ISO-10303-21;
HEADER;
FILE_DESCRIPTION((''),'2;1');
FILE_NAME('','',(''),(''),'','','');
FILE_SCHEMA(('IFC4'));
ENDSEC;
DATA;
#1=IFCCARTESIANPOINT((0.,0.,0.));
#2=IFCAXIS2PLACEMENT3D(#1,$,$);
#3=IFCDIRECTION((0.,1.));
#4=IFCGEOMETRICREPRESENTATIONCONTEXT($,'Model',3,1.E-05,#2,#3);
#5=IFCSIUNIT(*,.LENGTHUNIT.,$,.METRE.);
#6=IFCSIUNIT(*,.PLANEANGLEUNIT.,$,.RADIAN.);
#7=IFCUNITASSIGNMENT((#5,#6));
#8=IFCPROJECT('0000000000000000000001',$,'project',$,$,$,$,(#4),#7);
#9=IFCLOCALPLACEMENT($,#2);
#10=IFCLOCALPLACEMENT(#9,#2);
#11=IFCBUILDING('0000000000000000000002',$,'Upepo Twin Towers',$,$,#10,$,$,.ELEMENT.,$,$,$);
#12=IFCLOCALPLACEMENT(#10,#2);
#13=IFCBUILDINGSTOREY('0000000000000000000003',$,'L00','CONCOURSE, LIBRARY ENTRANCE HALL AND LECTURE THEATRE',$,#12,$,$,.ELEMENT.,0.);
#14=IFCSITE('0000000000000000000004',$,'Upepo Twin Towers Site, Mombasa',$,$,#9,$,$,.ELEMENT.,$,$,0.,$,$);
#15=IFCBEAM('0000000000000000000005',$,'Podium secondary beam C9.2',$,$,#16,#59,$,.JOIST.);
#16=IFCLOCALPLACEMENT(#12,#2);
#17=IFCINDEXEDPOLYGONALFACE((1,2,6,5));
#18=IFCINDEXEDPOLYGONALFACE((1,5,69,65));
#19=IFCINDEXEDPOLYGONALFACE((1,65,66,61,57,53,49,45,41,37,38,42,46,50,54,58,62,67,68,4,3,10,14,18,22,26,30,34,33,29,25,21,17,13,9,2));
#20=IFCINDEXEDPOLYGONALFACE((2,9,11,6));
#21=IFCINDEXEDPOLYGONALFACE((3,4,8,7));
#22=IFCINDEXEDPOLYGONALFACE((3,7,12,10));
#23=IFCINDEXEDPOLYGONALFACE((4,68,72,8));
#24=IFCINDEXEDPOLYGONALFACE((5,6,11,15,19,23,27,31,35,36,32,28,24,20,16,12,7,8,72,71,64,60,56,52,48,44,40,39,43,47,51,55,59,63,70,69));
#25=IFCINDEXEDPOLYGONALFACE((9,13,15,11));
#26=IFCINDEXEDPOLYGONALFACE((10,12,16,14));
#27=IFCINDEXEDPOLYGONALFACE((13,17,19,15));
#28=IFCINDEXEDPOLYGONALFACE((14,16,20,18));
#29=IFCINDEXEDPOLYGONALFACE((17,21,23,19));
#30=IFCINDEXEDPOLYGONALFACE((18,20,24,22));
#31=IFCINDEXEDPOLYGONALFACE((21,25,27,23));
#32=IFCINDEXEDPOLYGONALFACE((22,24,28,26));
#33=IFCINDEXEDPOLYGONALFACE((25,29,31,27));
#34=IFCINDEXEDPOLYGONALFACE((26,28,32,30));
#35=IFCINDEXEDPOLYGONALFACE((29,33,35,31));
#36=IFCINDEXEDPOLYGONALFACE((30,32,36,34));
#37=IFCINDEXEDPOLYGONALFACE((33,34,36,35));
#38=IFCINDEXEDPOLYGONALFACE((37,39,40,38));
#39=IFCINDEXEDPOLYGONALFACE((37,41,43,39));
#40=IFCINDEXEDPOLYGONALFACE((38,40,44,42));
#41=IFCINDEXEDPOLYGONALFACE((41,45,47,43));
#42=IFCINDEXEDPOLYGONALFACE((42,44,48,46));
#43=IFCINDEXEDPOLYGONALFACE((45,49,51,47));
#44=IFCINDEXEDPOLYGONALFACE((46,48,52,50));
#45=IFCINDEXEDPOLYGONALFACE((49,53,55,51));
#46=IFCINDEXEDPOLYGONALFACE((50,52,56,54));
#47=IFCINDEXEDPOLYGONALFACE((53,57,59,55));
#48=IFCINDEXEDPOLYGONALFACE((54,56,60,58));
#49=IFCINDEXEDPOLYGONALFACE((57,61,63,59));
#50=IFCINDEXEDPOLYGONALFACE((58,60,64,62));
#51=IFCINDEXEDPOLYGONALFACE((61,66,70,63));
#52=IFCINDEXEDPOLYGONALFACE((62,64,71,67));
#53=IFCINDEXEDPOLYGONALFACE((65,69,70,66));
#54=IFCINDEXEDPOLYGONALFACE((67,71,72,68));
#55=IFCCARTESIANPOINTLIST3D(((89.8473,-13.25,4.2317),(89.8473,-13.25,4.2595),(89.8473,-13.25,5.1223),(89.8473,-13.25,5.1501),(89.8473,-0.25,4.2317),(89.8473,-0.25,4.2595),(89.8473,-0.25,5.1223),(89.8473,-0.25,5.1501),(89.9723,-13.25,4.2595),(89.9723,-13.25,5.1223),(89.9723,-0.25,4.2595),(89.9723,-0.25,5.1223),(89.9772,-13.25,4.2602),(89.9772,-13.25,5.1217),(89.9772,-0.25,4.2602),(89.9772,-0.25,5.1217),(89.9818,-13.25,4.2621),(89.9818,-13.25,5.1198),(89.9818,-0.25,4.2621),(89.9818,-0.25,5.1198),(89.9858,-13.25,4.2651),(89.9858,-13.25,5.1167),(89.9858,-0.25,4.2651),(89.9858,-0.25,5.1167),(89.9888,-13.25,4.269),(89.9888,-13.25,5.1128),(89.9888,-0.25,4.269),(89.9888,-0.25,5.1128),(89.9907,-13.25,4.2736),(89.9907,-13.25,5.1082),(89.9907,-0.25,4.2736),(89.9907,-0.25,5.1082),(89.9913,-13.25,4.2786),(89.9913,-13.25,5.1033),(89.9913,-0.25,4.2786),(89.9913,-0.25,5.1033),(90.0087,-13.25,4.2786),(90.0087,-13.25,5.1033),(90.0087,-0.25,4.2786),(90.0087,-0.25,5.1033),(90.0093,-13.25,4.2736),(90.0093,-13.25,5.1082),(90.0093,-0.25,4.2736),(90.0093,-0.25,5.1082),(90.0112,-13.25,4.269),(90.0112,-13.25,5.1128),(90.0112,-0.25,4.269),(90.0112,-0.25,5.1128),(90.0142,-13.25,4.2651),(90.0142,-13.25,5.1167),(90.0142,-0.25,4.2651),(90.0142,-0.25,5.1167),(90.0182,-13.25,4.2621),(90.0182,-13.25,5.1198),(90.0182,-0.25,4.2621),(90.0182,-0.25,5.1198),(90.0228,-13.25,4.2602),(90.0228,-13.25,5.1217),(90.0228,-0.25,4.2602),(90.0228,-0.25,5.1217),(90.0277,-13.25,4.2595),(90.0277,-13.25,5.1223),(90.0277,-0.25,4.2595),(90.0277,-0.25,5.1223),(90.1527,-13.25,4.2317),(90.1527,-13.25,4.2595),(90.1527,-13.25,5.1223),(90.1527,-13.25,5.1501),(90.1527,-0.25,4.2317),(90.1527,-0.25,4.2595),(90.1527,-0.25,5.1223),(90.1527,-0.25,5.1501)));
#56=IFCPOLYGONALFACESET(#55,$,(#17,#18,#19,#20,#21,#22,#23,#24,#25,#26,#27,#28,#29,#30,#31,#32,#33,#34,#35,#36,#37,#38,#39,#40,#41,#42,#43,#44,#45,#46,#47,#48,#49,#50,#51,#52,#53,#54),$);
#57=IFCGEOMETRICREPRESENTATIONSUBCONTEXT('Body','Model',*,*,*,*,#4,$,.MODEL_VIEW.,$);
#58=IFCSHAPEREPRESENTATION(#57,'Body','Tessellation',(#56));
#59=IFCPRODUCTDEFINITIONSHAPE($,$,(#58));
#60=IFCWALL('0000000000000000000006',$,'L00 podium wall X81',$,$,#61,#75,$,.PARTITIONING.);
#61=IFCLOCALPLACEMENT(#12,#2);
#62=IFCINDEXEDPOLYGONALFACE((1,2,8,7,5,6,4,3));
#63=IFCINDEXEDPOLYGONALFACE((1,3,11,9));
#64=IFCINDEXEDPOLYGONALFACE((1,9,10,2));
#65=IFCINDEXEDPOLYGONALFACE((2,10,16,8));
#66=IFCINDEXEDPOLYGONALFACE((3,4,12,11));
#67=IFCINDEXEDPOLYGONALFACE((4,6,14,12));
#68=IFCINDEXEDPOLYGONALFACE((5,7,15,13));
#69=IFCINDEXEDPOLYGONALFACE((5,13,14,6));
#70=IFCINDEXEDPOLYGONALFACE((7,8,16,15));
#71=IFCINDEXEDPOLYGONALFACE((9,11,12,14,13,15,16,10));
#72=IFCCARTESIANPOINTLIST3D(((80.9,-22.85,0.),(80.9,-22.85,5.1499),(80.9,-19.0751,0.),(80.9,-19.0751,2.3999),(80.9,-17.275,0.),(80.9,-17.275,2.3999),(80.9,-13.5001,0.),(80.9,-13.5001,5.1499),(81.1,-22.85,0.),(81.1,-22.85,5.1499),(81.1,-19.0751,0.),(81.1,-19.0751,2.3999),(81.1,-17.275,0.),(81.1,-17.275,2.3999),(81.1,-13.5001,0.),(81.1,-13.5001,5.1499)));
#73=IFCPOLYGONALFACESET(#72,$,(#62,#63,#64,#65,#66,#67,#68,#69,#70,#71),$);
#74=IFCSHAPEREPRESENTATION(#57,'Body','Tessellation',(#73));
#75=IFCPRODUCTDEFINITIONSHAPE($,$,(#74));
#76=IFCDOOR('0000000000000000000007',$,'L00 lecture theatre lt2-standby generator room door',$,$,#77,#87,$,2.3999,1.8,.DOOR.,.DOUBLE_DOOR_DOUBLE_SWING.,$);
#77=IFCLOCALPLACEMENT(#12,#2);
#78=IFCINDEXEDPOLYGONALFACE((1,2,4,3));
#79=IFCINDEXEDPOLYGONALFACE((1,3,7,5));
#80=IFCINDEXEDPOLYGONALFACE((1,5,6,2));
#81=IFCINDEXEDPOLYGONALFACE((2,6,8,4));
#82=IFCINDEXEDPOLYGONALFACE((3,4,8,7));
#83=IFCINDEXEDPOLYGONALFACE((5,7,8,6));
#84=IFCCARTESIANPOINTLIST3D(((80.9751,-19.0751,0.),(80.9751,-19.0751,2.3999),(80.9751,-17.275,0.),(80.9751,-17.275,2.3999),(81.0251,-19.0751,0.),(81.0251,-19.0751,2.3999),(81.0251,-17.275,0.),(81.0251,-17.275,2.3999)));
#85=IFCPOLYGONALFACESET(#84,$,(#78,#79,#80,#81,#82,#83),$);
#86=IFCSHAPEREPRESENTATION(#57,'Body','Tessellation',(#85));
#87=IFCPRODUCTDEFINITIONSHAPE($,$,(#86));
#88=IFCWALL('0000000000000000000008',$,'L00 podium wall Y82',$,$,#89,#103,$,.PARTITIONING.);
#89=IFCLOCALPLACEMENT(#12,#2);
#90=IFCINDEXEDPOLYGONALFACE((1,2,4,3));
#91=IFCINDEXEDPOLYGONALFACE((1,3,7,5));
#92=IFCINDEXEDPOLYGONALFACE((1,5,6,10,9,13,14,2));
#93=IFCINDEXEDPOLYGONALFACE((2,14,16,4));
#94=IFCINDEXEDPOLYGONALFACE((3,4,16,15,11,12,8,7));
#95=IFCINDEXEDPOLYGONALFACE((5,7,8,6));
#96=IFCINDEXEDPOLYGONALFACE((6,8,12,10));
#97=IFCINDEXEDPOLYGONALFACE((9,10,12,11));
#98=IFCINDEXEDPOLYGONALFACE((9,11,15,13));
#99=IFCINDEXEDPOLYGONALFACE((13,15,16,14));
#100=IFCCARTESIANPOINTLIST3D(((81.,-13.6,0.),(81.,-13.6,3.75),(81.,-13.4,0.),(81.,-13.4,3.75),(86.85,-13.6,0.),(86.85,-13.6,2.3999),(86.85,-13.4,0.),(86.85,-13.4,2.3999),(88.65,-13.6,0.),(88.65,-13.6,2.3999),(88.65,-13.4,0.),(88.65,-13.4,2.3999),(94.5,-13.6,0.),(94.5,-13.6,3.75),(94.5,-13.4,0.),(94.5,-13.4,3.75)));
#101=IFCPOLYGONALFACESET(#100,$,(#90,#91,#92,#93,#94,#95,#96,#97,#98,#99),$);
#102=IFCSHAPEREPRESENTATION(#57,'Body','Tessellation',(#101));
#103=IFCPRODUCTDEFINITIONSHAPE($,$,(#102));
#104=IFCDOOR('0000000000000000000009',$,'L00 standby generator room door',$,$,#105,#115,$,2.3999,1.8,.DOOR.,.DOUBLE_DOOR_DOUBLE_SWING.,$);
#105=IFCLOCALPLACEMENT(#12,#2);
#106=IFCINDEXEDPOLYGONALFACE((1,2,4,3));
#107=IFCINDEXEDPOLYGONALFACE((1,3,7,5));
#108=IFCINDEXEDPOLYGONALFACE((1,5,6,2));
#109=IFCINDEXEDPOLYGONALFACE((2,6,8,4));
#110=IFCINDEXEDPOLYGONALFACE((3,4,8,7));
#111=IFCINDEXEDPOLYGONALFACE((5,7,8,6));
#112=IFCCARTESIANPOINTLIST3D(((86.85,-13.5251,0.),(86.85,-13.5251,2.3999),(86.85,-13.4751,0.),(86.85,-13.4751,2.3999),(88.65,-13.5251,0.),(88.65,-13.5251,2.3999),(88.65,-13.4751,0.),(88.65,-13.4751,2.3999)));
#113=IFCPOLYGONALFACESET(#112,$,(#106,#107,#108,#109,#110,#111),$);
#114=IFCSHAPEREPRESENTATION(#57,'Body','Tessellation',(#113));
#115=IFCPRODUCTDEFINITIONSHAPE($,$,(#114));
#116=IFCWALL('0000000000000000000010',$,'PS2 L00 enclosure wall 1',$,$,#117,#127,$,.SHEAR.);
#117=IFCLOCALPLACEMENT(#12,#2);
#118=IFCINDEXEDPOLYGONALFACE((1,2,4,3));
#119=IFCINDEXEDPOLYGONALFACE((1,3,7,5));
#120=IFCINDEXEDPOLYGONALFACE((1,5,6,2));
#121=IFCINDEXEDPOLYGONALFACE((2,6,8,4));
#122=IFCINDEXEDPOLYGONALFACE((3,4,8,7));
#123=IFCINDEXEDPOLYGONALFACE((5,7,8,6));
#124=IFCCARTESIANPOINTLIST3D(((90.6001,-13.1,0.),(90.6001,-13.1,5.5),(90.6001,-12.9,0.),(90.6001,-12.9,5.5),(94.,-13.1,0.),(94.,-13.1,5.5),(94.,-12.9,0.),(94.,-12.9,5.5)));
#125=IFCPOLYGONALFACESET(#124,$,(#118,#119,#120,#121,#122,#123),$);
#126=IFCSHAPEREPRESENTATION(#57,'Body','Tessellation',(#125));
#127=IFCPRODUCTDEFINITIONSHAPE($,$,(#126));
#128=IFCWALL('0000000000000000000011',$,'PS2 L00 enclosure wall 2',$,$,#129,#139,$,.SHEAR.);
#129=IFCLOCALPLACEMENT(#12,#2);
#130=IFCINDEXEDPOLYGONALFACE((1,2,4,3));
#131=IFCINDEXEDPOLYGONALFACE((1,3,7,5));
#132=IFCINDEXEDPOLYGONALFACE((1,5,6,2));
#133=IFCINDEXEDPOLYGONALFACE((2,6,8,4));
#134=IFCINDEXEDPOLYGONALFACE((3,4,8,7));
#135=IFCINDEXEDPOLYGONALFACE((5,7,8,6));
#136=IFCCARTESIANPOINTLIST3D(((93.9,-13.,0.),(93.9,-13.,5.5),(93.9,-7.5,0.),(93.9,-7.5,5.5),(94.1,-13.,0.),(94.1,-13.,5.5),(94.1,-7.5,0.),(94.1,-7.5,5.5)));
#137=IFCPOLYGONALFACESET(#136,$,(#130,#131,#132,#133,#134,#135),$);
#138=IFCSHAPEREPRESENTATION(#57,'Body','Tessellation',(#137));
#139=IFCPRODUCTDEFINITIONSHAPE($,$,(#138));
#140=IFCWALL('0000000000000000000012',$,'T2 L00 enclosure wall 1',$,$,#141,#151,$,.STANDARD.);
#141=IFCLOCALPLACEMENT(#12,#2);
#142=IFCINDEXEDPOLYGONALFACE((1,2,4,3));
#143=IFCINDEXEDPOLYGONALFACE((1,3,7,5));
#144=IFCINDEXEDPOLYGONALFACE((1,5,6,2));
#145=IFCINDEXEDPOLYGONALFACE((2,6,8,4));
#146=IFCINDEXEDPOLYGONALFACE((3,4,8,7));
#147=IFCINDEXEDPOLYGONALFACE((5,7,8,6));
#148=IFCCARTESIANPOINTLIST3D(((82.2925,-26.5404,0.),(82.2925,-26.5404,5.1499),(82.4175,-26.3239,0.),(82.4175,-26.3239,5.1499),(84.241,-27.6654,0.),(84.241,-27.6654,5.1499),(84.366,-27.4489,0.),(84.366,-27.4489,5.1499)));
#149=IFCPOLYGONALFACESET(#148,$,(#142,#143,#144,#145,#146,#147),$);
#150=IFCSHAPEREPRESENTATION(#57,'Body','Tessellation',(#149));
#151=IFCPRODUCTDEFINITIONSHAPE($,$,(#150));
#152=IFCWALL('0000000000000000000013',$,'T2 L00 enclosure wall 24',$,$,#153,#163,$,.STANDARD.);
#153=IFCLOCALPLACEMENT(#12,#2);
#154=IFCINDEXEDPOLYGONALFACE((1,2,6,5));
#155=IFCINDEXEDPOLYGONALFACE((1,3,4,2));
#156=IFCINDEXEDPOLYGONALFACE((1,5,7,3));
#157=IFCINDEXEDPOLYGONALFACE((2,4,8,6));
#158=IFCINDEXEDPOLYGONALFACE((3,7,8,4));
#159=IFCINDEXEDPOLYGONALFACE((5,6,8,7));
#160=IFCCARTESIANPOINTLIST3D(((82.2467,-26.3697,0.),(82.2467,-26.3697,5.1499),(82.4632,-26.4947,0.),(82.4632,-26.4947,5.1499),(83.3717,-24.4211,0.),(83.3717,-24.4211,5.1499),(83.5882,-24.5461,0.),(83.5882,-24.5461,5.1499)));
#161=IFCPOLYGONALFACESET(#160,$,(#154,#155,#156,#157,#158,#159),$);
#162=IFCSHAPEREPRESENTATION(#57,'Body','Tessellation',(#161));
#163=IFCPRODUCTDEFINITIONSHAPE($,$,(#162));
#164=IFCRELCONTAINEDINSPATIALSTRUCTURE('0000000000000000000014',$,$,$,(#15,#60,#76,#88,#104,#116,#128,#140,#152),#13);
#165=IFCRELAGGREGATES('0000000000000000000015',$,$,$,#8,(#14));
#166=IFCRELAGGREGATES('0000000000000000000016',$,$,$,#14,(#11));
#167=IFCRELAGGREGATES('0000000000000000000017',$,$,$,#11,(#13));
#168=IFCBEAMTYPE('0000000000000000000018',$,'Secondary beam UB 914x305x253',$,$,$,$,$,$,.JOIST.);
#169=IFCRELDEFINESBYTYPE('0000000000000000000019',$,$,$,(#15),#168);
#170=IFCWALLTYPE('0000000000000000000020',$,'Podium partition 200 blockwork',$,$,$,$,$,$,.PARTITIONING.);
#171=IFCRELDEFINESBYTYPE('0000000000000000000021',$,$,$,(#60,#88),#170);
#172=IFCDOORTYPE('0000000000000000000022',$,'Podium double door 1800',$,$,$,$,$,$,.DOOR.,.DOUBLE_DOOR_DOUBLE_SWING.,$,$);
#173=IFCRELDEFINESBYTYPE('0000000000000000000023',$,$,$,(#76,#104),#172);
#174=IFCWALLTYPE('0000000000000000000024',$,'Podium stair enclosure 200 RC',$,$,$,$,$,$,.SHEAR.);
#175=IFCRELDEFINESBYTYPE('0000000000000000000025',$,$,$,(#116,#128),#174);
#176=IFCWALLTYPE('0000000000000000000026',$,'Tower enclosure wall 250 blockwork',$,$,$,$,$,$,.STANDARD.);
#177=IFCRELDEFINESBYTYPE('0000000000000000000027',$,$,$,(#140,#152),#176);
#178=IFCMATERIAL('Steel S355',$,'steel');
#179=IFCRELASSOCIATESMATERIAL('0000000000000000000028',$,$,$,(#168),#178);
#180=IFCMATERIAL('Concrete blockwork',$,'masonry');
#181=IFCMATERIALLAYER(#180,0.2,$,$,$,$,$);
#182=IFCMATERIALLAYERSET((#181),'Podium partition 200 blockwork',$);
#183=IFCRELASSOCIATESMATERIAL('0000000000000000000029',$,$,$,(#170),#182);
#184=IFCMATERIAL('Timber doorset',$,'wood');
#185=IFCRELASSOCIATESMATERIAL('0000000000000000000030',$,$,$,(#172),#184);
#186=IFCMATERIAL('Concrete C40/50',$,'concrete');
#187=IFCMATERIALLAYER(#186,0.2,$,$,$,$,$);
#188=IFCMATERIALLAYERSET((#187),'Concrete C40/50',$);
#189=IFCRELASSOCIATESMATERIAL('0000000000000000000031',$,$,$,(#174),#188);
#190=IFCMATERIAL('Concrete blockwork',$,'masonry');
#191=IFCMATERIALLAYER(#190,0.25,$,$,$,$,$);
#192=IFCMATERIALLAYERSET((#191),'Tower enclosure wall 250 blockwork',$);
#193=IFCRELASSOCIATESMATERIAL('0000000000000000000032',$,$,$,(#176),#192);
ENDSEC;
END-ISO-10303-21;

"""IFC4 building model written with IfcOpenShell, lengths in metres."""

from ifc_helpers import new_model, si_unit, direction, frame, frame_2d, origin, origin_2d, place, context, subcontext, project, spatial, rectangle, i_section, extrude, material, layer, layer_set, material_profile, profile_set, type_object, element, fill, save


model = new_model("IFC4")

# Units and contexts
model_context = context("Model", 3, precision=1e-05, world=origin(), true_north=direction((0.0, 1.0)))
body_context = subcontext(model_context, "Body", "Model", "MODEL_VIEW")
ifc_project = project(units=[si_unit("LENGTHUNIT", "METRE"), si_unit("PLANEANGLEUNIT", "RADIAN")], contexts=[model_context])

# Site, building, storey
site_placement = place(None, origin())
site = spatial("IfcSite", under=ifc_project, at=site_placement, Name="Upepo Twin Towers Site, Mombasa", CompositionType="ELEMENT", RefElevation=0.0)
building_placement = place(site_placement, origin())
building = spatial("IfcBuilding", under=site, at=building_placement, Name="Upepo Twin Towers", CompositionType="ELEMENT")
storey_placement = place(building_placement, origin())
storey = spatial("IfcBuildingStorey", under=building, at=storey_placement, Name="L00", Description="CONCOURSE, LIBRARY ENTRANCE HALL AND LECTURE THEATRE", CompositionType="ELEMENT", Elevation=0.0)

# Beam
ifc_material_1 = material(Name="Steel S355", Category="steel")
ifc_material_profile_1 = material_profile(ifc_material_1, i_section(OverallWidth=0.3054, OverallDepth=0.9185, WebThickness=0.0173, FlangeThickness=0.0278, FilletRadius=0.019, at=origin_2d()), Name="UB 914x305x253")
ifc_profile_set_1 = profile_set([ifc_material_profile_1], Name="Steel S355")
beam_type_1 = type_object("IfcBeamType", Name="Secondary beam UB 914x305x253", PredefinedType="JOIST", material=ifc_profile_set_1)
for number, where, z_axis, x_axis, name in (
    (1, (90.0, -13.25, 4.6909), (0.0, 1.0, 0.0), (-1.0, 0.0, 0.0), "Podium secondary beam C9.2"),
):
    element("IfcBeam", number, at=place(storey_placement, frame(where, z_axis=z_axis, x_axis=x_axis)), inside=storey, type_object=beam_type_1, Name=name, PredefinedType="JOIST", context=body_context, shape_type="SweptSolid", body=[
        extrude(i_section(OverallWidth=0.3054, OverallDepth=0.9185, WebThickness=0.0173, FlangeThickness=0.0278, FilletRadius=0.019, at=origin_2d()), origin(), (0.0, 0.0, 1.0), 13.0),
    ])

# Wall, opening, door
ifc_material_2 = material(Name="Concrete blockwork", Category="masonry")
ifc_layer_1 = layer(ifc_material_2, 0.2)
ifc_layer_set_1 = layer_set([ifc_layer_1], Name="Podium partition 200 blockwork")
wall_type_1 = type_object("IfcWallType", Name="Podium partition 200 blockwork", PredefinedType="PARTITIONING", material=ifc_layer_set_1)
wall_1_placement = place(storey_placement, frame((81.0, -22.8499, 0.0), z_axis=(0.0, 0.0, 1.0), x_axis=(0.0, 1.0, 0.0)))
wall_1 = element("IfcWall", 2, at=wall_1_placement, inside=storey, type_object=wall_type_1, Name="L00 podium wall X81", PredefinedType="PARTITIONING", context=body_context, shape_type="SweptSolid", body=[
    extrude(rectangle(XDim=9.3499, YDim=0.2, at=frame_2d((4.6748, 0.0))), origin(), (0.0, 0.0, 1.0), 5.1499),
])
opening_1_placement = place(wall_1_placement, frame((3.7749, 0.0, 0.0)))
opening_1 = element("IfcOpeningElement", 3, at=opening_1_placement, cuts=wall_1, PredefinedType="OPENING", context=body_context, shape_type="SweptSolid", body=[
    extrude(rectangle(XDim=1.8, YDim=2.3999, at=frame_2d((0.8999, 1.2))), frame((0.0, 0.1099, 0.0), z_axis=(0.0, -1.0, 0.0), x_axis=(1.0, 0.0, 0.0)), (0.0, 0.0, 1.0), 0.22),
])
ifc_material_3 = material(Name="Timber doorset", Category="wood")
door_type = type_object("IfcDoorType", Name="Podium double door 1800", OperationType="DOUBLE_DOOR_DOUBLE_SWING", PredefinedType="DOOR", material=ifc_material_3)
door_1_placement = place(opening_1_placement, origin())
door_1 = element("IfcDoor", 4, at=door_1_placement, inside=storey, type_object=door_type, Name="L00 lecture theatre lt2-standby generator room door", OperationType="DOUBLE_DOOR_DOUBLE_SWING", OverallHeight=2.3999, OverallWidth=1.8, PredefinedType="DOOR", context=body_context, shape_type="SweptSolid", body=[
    extrude(rectangle(XDim=1.8, YDim=2.3999, at=frame_2d((0.8999, 1.2))), frame((0.0, 0.0249, 0.0), z_axis=(0.0, -1.0, 0.0), x_axis=(1.0, 0.0, 0.0)), (0.0, 0.0, 1.0), 0.05),
])
fill(opening_1, door_1)

# Wall, opening, door
wall_2_placement = place(storey_placement, frame((81.0, -13.5, 0.0), z_axis=(0.0, 0.0, 1.0), x_axis=(1.0, 0.0, 0.0)))
wall_2 = element("IfcWall", 5, at=wall_2_placement, inside=storey, type_object=wall_type_1, Name="L00 podium wall Y82", PredefinedType="PARTITIONING", context=body_context, shape_type="SweptSolid", body=[
    extrude(rectangle(XDim=13.5, YDim=0.2, at=frame_2d((6.75, 0.0))), origin(), (0.0, 0.0, 1.0), 3.75),
])
opening_2_placement = place(wall_2_placement, frame((5.8501, 0.0, 0.0)))
opening_2 = element("IfcOpeningElement", 6, at=opening_2_placement, cuts=wall_2, PredefinedType="OPENING", context=body_context, shape_type="SweptSolid", body=[
    extrude(rectangle(XDim=1.8, YDim=2.3999, at=frame_2d((0.8999, 1.2))), frame((0.0, 0.1099, 0.0), z_axis=(0.0, -1.0, 0.0), x_axis=(1.0, 0.0, 0.0)), (0.0, 0.0, 1.0), 0.22),
])
door_2_placement = place(opening_2_placement, origin())
door_2 = element("IfcDoor", 7, at=door_2_placement, inside=storey, type_object=door_type, Name="L00 standby generator room door", OperationType="DOUBLE_DOOR_DOUBLE_SWING", OverallHeight=2.3999, OverallWidth=1.8, PredefinedType="DOOR", context=body_context, shape_type="SweptSolid", body=[
    extrude(rectangle(XDim=1.8, YDim=2.3999, at=frame_2d((0.8999, 1.2))), frame((0.0, 0.0249, 0.0), z_axis=(0.0, -1.0, 0.0), x_axis=(1.0, 0.0, 0.0)), (0.0, 0.0, 1.0), 0.05),
])
fill(opening_2, door_2)

# Walls
ifc_material_4 = material(Name="Concrete C40/50", Category="concrete")
ifc_layer_2 = layer(ifc_material_4, 0.2)
ifc_layer_set_2 = layer_set([ifc_layer_2], Name="Concrete C40/50")
wall_type_2 = type_object("IfcWallType", Name="Podium stair enclosure 200 RC", PredefinedType="SHEAR", material=ifc_layer_set_2)
wall_3_placement = place(storey_placement, frame((90.6001, -13.0, 0.0), z_axis=(0.0, 0.0, 1.0), x_axis=(1.0, 0.0, 0.0)))
element("IfcWall", 8, at=wall_3_placement, inside=storey, type_object=wall_type_2, Name="PS2 L00 enclosure wall 1", PredefinedType="SHEAR", context=body_context, shape_type="SweptSolid", body=[
    extrude(rectangle(XDim=3.3999, YDim=0.2, at=frame_2d((1.7, 0.0))), origin(), (0.0, 0.0, 1.0), 5.5),
])
wall_4_placement = place(storey_placement, frame((94.0, -13.0, 0.0), z_axis=(0.0, 0.0, 1.0), x_axis=(0.0, 1.0, 0.0)))
element("IfcWall", 9, at=wall_4_placement, inside=storey, type_object=wall_type_2, Name="PS2 L00 enclosure wall 2", PredefinedType="SHEAR", context=body_context, shape_type="SweptSolid", body=[
    extrude(rectangle(XDim=5.5, YDim=0.2, at=frame_2d((2.75, 0.0))), origin(), (0.0, 0.0, 1.0), 5.5),
])
ifc_material_5 = material(Name="Concrete blockwork", Category="masonry")
ifc_layer_3 = layer(ifc_material_5, 0.25)
ifc_layer_set_3 = layer_set([ifc_layer_3], Name="Tower enclosure wall 250 blockwork")
wall_type_3 = type_object("IfcWallType", Name="Tower enclosure wall 250 blockwork", PredefinedType="STANDARD", material=ifc_layer_set_3)
for number, where, z_axis, x_axis, name in (
    (10, (82.355, -26.4321, 0.0), (0.0, 0.0, 1.0), (0.866018, -0.500014, 0.0), "T2 L00 enclosure wall 1"),
    (11, (83.48, -24.4836, 0.0), (0.0, 0.0, 1.0), (-0.500014, -0.866018, 0.0), "T2 L00 enclosure wall 24"),
):
    element("IfcWall", number, at=place(storey_placement, frame(where, z_axis=z_axis, x_axis=x_axis)), inside=storey, type_object=wall_type_3, Name=name, PredefinedType="STANDARD", context=body_context, shape_type="SweptSolid", body=[
        extrude(rectangle(XDim=2.25, YDim=0.25, at=frame_2d((1.125, 0.0))), origin(), (0.0, 0.0, 1.0), 5.1499),
    ])

save(model, "model.ifc")
